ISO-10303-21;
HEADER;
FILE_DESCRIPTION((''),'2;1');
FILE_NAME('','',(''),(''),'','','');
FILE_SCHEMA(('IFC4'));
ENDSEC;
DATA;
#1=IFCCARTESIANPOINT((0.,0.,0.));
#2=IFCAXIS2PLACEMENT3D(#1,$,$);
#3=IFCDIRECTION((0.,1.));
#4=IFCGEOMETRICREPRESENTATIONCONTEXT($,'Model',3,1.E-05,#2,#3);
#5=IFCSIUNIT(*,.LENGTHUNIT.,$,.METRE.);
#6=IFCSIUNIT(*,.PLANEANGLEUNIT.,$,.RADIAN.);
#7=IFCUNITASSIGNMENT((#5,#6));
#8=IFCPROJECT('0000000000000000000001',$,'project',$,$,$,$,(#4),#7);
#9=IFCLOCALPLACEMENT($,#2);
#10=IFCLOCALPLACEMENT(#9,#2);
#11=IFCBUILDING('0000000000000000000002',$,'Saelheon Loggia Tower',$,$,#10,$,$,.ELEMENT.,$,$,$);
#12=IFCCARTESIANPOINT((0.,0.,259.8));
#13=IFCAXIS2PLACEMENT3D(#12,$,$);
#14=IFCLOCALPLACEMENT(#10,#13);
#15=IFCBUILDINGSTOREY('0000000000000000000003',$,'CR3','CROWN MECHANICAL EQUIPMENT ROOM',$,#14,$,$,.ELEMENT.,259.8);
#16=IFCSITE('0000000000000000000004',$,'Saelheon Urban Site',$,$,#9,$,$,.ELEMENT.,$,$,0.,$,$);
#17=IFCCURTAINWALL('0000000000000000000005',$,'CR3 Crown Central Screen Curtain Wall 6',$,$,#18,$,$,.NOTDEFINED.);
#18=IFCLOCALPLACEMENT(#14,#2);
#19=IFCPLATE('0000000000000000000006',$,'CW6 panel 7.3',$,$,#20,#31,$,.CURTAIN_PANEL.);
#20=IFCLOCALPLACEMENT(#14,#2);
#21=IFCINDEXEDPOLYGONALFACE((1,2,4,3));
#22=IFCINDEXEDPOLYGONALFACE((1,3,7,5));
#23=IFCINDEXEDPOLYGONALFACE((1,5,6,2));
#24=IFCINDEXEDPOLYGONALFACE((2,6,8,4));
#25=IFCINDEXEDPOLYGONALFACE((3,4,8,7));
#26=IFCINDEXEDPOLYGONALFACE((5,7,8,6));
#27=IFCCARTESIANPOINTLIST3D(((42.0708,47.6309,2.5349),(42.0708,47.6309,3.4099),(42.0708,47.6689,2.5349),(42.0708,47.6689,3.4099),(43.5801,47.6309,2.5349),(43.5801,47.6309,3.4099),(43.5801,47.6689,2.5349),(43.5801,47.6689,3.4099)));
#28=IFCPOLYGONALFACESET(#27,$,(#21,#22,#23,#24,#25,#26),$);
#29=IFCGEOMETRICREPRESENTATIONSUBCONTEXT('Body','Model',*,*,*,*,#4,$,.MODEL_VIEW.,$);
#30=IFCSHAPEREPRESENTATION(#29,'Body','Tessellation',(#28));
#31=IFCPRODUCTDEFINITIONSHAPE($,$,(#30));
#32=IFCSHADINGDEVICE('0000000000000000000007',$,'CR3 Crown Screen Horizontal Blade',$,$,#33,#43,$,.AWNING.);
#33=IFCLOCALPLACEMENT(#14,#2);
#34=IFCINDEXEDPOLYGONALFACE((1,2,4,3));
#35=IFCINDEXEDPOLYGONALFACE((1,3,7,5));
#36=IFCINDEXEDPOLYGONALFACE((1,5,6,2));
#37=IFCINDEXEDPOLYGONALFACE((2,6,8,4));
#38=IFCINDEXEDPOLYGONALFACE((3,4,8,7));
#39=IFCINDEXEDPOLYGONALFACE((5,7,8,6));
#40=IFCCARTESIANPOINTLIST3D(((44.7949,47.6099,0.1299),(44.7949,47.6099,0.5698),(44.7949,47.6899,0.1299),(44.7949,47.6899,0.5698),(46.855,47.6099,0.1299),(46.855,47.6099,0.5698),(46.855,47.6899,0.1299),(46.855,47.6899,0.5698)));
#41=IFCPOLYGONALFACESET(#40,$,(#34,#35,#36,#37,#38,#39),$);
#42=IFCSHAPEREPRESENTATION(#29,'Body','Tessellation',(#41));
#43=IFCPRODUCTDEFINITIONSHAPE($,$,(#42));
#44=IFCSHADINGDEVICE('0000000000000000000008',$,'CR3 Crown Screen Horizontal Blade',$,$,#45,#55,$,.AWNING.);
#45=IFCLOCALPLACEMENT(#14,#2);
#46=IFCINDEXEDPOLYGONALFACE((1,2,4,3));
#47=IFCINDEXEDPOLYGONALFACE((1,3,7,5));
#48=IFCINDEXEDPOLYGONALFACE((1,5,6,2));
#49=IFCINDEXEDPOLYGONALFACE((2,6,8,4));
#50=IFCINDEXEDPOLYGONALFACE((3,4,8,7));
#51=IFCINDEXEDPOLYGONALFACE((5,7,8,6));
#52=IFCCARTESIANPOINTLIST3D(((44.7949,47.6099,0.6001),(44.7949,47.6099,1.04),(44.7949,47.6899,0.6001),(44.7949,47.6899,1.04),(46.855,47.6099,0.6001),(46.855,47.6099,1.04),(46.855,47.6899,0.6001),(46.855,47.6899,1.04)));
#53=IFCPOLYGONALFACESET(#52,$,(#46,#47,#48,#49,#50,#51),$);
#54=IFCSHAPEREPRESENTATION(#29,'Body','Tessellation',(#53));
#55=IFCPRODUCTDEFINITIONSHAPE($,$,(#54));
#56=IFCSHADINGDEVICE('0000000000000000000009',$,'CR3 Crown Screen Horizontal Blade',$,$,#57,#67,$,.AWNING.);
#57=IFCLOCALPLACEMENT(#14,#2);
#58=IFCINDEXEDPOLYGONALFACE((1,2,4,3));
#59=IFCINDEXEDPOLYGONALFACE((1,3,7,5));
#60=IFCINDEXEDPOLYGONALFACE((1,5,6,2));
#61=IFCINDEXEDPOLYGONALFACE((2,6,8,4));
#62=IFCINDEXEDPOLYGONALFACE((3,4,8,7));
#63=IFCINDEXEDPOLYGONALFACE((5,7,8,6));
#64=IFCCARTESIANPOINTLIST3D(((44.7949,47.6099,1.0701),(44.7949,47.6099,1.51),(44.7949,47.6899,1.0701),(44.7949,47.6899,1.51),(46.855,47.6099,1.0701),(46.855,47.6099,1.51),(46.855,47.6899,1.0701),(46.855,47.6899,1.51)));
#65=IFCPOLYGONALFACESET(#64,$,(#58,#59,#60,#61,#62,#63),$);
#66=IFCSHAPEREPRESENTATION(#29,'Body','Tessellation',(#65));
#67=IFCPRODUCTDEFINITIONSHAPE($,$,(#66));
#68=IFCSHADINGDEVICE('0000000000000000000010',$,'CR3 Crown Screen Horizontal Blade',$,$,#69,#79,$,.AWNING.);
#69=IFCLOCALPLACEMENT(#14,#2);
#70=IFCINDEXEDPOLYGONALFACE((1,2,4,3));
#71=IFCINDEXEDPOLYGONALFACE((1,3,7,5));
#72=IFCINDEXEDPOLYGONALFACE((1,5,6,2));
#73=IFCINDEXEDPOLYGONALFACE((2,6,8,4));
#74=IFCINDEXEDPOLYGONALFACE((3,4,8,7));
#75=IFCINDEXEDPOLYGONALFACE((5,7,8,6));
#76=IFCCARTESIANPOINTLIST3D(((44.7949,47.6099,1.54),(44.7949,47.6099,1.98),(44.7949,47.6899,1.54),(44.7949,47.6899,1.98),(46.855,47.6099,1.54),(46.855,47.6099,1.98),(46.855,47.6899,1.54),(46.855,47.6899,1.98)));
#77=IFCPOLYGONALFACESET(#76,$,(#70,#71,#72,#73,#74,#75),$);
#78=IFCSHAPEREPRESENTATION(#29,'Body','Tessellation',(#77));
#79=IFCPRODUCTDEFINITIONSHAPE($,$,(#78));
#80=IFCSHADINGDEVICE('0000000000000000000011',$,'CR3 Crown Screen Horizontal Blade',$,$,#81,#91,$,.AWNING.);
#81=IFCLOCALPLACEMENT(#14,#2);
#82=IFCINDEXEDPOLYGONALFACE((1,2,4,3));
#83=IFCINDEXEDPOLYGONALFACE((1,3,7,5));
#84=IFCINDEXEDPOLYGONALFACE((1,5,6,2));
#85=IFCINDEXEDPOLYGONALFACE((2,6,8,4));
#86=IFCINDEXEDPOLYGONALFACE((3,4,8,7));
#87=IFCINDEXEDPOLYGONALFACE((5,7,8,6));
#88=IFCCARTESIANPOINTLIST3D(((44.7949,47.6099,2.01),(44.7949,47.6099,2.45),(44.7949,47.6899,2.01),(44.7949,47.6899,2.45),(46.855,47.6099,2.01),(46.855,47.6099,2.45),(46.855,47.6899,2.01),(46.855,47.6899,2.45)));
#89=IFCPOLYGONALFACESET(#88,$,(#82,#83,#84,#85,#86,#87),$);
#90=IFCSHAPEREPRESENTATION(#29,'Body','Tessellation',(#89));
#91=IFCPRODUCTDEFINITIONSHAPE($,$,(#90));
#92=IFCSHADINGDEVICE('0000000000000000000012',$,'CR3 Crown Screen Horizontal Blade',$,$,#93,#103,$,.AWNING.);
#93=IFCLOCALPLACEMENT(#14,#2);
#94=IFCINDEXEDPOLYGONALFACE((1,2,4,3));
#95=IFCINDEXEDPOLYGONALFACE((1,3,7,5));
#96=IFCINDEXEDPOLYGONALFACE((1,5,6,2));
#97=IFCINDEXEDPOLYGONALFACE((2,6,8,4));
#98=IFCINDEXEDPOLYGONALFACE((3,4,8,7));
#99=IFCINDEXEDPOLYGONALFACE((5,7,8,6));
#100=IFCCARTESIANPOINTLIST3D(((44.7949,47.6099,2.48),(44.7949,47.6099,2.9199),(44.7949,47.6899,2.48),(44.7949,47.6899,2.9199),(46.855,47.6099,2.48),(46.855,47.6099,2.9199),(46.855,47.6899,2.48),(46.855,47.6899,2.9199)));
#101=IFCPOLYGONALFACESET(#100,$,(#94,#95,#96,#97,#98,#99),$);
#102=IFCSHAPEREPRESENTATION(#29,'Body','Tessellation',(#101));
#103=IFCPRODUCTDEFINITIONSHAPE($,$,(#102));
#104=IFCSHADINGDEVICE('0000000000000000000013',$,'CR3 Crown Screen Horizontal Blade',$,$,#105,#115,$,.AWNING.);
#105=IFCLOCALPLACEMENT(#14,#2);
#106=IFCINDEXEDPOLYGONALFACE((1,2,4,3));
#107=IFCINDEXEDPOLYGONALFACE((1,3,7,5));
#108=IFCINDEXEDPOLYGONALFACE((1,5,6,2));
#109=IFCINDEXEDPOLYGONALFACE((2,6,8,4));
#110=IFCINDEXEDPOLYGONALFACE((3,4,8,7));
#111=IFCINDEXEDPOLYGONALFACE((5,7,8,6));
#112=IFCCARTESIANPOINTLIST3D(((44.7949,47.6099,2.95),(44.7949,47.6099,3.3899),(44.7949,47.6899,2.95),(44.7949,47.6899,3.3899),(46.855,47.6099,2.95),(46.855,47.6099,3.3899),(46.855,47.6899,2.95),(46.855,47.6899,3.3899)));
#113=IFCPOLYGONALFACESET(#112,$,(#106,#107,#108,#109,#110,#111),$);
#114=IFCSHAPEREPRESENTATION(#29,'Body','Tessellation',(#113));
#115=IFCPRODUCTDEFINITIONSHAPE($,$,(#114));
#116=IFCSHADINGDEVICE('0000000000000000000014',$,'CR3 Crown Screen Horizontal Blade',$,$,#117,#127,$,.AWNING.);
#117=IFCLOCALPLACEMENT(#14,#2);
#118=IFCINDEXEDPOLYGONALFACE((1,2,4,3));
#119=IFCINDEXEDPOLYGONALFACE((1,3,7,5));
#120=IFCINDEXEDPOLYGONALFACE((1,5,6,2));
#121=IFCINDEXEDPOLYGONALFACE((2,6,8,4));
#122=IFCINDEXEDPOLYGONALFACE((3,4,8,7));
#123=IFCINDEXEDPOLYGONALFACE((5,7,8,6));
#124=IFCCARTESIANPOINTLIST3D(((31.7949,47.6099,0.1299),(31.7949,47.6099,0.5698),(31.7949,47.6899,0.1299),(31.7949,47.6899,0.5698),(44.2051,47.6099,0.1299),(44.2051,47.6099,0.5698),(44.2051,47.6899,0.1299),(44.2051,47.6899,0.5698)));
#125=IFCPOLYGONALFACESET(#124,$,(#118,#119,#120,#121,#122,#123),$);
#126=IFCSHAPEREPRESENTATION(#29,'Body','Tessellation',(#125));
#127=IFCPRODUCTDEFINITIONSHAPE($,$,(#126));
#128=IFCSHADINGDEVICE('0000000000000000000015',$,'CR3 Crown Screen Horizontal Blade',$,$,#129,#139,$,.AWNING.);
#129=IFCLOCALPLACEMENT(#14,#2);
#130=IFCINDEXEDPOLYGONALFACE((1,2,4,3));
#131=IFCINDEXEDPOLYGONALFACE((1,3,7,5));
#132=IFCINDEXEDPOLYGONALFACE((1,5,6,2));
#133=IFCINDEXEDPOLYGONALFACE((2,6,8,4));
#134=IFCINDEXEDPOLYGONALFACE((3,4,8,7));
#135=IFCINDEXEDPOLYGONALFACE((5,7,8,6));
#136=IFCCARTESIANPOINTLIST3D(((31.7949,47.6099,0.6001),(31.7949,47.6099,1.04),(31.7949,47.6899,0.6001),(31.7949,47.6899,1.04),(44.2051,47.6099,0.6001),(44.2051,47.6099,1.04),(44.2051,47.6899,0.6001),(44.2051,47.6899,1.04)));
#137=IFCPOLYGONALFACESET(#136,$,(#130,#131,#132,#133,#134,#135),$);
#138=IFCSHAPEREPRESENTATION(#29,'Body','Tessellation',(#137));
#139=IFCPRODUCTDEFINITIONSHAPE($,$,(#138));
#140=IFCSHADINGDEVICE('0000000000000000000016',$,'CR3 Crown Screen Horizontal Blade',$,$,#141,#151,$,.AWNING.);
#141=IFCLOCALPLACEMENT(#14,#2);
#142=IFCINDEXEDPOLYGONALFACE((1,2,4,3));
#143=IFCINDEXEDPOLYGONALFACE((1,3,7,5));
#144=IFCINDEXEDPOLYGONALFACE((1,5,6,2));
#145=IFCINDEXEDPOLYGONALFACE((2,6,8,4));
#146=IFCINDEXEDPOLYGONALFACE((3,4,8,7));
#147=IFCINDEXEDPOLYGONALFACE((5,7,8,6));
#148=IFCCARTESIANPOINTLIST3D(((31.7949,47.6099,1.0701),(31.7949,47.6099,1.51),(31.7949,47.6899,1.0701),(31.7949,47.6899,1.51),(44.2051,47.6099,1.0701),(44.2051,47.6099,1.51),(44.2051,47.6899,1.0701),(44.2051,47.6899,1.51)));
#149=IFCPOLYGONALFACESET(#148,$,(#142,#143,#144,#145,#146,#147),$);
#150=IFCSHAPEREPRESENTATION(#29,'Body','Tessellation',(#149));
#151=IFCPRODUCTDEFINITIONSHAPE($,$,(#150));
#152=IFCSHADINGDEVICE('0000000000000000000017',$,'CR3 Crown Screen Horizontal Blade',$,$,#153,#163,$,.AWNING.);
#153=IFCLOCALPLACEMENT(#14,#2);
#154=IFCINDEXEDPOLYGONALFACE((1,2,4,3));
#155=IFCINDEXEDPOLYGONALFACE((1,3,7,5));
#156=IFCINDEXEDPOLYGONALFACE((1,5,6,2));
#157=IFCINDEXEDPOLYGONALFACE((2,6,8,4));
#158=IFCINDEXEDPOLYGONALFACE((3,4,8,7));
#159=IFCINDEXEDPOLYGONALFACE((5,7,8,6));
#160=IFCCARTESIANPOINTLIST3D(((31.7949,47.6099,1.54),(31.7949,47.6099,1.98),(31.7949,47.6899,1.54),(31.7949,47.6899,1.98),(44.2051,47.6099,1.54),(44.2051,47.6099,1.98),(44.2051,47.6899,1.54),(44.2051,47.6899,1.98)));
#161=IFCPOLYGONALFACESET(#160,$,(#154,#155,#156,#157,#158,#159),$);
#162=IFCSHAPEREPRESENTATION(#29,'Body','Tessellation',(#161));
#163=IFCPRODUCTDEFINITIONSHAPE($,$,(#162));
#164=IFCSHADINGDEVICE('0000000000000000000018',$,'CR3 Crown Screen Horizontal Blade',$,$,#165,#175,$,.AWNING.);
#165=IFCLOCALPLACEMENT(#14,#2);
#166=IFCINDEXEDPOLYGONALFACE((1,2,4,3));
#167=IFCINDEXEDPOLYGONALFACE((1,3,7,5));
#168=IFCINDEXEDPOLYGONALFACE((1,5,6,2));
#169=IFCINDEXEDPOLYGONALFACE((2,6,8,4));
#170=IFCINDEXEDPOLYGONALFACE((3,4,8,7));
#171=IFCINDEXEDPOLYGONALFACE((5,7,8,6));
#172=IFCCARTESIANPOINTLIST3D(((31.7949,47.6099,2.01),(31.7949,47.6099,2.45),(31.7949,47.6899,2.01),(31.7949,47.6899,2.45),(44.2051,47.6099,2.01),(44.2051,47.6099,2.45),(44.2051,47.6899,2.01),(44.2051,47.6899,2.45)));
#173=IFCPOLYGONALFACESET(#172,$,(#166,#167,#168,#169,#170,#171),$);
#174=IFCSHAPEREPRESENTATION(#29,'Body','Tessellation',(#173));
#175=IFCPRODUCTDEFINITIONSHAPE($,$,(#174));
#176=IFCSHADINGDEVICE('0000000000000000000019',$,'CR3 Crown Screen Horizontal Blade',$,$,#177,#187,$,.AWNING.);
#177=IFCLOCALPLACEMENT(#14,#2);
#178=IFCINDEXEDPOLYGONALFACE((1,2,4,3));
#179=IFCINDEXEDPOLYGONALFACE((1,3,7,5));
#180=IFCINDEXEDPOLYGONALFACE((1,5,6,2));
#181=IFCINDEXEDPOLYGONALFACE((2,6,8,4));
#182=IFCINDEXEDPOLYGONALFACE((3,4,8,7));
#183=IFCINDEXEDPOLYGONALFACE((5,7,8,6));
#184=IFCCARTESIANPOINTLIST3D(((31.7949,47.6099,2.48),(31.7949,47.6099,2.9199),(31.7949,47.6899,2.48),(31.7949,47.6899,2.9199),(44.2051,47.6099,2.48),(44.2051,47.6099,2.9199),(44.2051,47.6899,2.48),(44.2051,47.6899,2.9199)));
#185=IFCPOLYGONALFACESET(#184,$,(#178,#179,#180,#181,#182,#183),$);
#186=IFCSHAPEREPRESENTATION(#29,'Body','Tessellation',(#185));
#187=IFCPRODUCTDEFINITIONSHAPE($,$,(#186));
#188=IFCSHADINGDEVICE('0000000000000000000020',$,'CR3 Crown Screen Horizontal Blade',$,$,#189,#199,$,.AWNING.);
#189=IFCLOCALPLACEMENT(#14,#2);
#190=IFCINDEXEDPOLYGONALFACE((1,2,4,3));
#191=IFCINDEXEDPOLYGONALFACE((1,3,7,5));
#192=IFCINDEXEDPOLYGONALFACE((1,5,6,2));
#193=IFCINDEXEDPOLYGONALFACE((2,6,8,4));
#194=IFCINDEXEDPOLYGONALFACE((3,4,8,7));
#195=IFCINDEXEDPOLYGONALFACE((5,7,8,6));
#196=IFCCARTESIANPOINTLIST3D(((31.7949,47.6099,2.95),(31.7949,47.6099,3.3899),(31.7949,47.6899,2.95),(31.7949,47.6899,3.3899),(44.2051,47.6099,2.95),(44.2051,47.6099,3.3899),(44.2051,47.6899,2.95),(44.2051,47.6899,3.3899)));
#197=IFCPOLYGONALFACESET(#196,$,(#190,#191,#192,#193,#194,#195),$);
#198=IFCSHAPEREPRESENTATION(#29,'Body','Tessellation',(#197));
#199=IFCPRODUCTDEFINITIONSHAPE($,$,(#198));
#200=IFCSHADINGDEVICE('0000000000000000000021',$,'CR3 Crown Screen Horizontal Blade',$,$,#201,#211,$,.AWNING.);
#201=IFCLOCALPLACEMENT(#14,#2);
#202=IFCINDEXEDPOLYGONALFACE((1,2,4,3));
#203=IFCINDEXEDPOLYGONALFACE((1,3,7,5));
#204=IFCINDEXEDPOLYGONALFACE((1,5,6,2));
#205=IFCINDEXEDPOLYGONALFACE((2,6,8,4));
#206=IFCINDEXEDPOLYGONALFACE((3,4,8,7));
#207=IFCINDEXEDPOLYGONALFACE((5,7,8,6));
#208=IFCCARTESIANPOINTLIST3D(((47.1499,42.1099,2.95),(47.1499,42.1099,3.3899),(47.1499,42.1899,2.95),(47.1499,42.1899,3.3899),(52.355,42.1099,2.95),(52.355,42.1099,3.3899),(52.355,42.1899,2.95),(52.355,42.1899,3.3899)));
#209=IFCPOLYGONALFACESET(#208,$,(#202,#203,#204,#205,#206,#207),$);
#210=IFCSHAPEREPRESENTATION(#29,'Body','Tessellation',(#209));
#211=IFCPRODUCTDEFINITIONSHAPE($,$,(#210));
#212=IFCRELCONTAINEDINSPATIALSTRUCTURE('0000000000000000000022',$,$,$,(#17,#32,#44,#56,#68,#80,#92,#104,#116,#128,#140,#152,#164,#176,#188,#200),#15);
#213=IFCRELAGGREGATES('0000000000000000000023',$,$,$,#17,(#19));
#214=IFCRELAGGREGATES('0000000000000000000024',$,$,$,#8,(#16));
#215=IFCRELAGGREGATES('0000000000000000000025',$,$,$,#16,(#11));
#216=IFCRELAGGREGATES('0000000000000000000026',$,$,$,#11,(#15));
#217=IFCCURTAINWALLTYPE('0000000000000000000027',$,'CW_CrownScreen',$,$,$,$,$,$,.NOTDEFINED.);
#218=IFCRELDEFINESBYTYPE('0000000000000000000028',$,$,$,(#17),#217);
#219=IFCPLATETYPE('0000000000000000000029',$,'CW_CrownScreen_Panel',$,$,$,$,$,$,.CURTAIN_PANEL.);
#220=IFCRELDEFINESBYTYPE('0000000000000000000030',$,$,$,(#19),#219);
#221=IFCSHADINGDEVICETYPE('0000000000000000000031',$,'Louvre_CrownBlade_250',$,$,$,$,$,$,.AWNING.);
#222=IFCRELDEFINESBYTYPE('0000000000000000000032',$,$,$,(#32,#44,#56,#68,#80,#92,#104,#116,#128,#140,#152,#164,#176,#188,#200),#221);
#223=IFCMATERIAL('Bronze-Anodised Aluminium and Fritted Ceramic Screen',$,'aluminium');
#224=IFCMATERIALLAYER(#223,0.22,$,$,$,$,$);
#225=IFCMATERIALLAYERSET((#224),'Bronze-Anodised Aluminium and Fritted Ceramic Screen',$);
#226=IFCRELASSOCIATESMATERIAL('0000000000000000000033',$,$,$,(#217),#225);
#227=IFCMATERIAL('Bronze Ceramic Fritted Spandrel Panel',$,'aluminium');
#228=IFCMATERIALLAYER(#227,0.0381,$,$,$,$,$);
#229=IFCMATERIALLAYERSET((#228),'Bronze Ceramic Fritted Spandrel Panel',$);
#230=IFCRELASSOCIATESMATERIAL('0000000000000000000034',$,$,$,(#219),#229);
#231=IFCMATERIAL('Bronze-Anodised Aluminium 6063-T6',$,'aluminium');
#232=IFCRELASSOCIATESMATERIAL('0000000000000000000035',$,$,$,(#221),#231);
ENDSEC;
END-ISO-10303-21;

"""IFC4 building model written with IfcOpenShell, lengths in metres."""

from ifc_helpers import new_model, si_unit, direction, frame, origin, origin_2d, place, context, subcontext, project, spatial, rectangle, extrude, source, transform, mapped, material, layer, layer_set, material_profile, profile_set, type_object, element, aggregate, save


model = new_model("IFC4")

# Units and contexts
model_context = context("Model", 3, precision=1e-05, world=origin(), true_north=direction((0.0, 1.0)))
body_context = subcontext(model_context, "Body", "Model", "MODEL_VIEW")
ifc_project = project(units=[si_unit("LENGTHUNIT", "METRE"), si_unit("PLANEANGLEUNIT", "RADIAN")], contexts=[model_context])

# Site, building, storey
site_placement = place(None, origin())
site = spatial("IfcSite", under=ifc_project, at=site_placement, Name="Saelheon Urban Site", CompositionType="ELEMENT", RefElevation=0.0)
building_placement = place(site_placement, origin())
building = spatial("IfcBuilding", under=site, at=building_placement, Name="Saelheon Loggia Tower", CompositionType="ELEMENT")
storey_placement = place(building_placement, frame((0.0, 0.0, 259.8)))
storey = spatial("IfcBuildingStorey", under=building, at=storey_placement, Name="CR3", Description="CROWN MECHANICAL EQUIPMENT ROOM", CompositionType="ELEMENT", Elevation=259.8)

# Curtain wall, plate
ifc_material_1 = material(Name="Bronze-Anodised Aluminium and Fritted Ceramic Screen", Category="aluminium")
ifc_layer_1 = layer(ifc_material_1, 0.22)
ifc_layer_set_1 = layer_set([ifc_layer_1], Name="Bronze-Anodised Aluminium and Fritted Ceramic Screen")
curtain_wall_type = type_object("IfcCurtainWallType", Name="CW_CrownScreen", PredefinedType="NOTDEFINED", material=ifc_layer_set_1)
curtain_wall_placement = place(storey_placement, origin())
curtain_wall = element("IfcCurtainWall", 1, at=curtain_wall_placement, inside=storey, type_object=curtain_wall_type, Name="CR3 Crown Central Screen Curtain Wall 6", PredefinedType="NOTDEFINED")
ifc_material_2 = material(Name="Bronze-Anodised Aluminium 6063-T6", Category="aluminium")
ifc_material_3 = material(Name="Bronze Ceramic Fritted Spandrel Panel", Category="aluminium")
ifc_layer_2 = layer(ifc_material_3, 0.0381)
ifc_layer_set_2 = layer_set([ifc_layer_2], Name="Bronze Ceramic Fritted Spandrel Panel")
plate_type = type_object("IfcPlateType", Name="CW_CrownScreen_Panel", PredefinedType="CURTAIN_PANEL", material=ifc_layer_set_2)
shared_shape_1 = source(origin(), body_context, "Body", "SweptSolid", [
    extrude(rectangle(XDim=1.5093, YDim=0.0381, at=origin_2d()), origin(), (0.0, 0.0, 1.0), 0.875),
])
plate_1_placement = place(storey_placement, frame((42.8254, 47.6499, 2.5349), z_axis=(0.0, 0.0, 1.0), x_axis=(1.0, 0.0, 0.0)))
plate_1 = element("IfcPlate", 2, at=plate_1_placement, type_object=plate_type, Name="CW6 panel 7.3", PredefinedType="CURTAIN_PANEL", context=body_context, shape_type="MappedRepresentation", body=[
    mapped(shared_shape_1, transform((0.0, 0.0, 0.0), scale=1.0)),
])
aggregate(curtain_wall, [plate_1])

# Shading devices
ifc_material_profile_1 = material_profile(ifc_material_2, rectangle(XDim=0.0801, YDim=0.4399, at=origin_2d()), Name="Louvre_CrownBlade_250")
ifc_profile_set_1 = profile_set([ifc_material_profile_1], Name="Bronze-Anodised Aluminium 6063-T6")
shading_device_type = type_object("IfcShadingDeviceType", Name="Louvre_CrownBlade_250", PredefinedType="AWNING", material=ifc_profile_set_1)
shared_shape_2 = source(origin(), body_context, "Body", "SweptSolid", [
    extrude(rectangle(XDim=0.0801, YDim=0.4399, at=origin_2d()), origin(), (0.0, 0.0, 1.0), 2.0601),
])
for number, where, z_axis, x_axis, name in (
    (3, (46.855, 47.6499, 0.3499), (-1.0, 0.0, 0.0), (0.0, -1.0, 0.0), "CR3 Crown Screen Horizontal Blade"),
    (4, (46.855, 47.6499, 0.8201), (-1.0, 0.0, 0.0), (0.0, -1.0, 0.0), "CR3 Crown Screen Horizontal Blade"),
    (5, (46.855, 47.6499, 1.29), (-1.0, 0.0, 0.0), (0.0, -1.0, 0.0), "CR3 Crown Screen Horizontal Blade"),
    (6, (46.855, 47.6499, 1.76), (-1.0, 0.0, 0.0), (0.0, -1.0, 0.0), "CR3 Crown Screen Horizontal Blade"),
    (7, (46.855, 47.6499, 2.23), (-1.0, 0.0, 0.0), (0.0, -1.0, 0.0), "CR3 Crown Screen Horizontal Blade"),
    (8, (46.855, 47.6499, 2.7), (-1.0, 0.0, 0.0), (0.0, -1.0, 0.0), "CR3 Crown Screen Horizontal Blade"),
    (9, (46.855, 47.6499, 3.1699), (-1.0, 0.0, 0.0), (0.0, -1.0, 0.0), "CR3 Crown Screen Horizontal Blade"),
):
    element("IfcShadingDevice", number, at=place(storey_placement, frame(where, z_axis=z_axis, x_axis=x_axis)), inside=storey, type_object=shading_device_type, Name=name, PredefinedType="AWNING", context=body_context, shape_type="MappedRepresentation", body=[
        mapped(shared_shape_2, transform((0.0, 0.0, 0.0), scale=1.0)),
    ])
shared_shape_3 = source(origin(), body_context, "Body", "SweptSolid", [
    extrude(rectangle(XDim=0.0801, YDim=0.4399, at=origin_2d()), origin(), (0.0, 0.0, 1.0), 12.4102),
])
for number, where, z_axis, x_axis, name in (
    (10, (44.2051, 47.6499, 0.3499), (-1.0, 0.0, 0.0), (0.0, -1.0, 0.0), "CR3 Crown Screen Horizontal Blade"),
    (11, (44.2051, 47.6499, 0.8201), (-1.0, 0.0, 0.0), (0.0, -1.0, 0.0), "CR3 Crown Screen Horizontal Blade"),
    (12, (44.2051, 47.6499, 1.29), (-1.0, 0.0, 0.0), (0.0, -1.0, 0.0), "CR3 Crown Screen Horizontal Blade"),
    (13, (44.2051, 47.6499, 1.76), (-1.0, 0.0, 0.0), (0.0, -1.0, 0.0), "CR3 Crown Screen Horizontal Blade"),
    (14, (44.2051, 47.6499, 2.23), (-1.0, 0.0, 0.0), (0.0, -1.0, 0.0), "CR3 Crown Screen Horizontal Blade"),
    (15, (44.2051, 47.6499, 2.7), (-1.0, 0.0, 0.0), (0.0, -1.0, 0.0), "CR3 Crown Screen Horizontal Blade"),
    (16, (44.2051, 47.6499, 3.1699), (-1.0, 0.0, 0.0), (0.0, -1.0, 0.0), "CR3 Crown Screen Horizontal Blade"),
):
    element("IfcShadingDevice", number, at=place(storey_placement, frame(where, z_axis=z_axis, x_axis=x_axis)), inside=storey, type_object=shading_device_type, Name=name, PredefinedType="AWNING", context=body_context, shape_type="MappedRepresentation", body=[
        mapped(shared_shape_3, transform((0.0, 0.0, 0.0), scale=1.0)),
    ])
shared_shape_4 = source(origin(), body_context, "Body", "SweptSolid", [
    extrude(rectangle(XDim=0.0801, YDim=0.4399, at=origin_2d()), origin(), (0.0, 0.0, 1.0), 5.2051),
])
shading_device_placement = place(storey_placement, frame((52.355, 42.1499, 3.1699), z_axis=(-1.0, 0.0, 0.0), x_axis=(0.0, -1.0, 0.0)))
element("IfcShadingDevice", 17, at=shading_device_placement, inside=storey, type_object=shading_device_type, Name="CR3 Crown Screen Horizontal Blade", PredefinedType="AWNING", context=body_context, shape_type="MappedRepresentation", body=[
    mapped(shared_shape_4, transform((0.0, 0.0, 0.0), scale=1.0)),
])

save(model, "model.ifc")
